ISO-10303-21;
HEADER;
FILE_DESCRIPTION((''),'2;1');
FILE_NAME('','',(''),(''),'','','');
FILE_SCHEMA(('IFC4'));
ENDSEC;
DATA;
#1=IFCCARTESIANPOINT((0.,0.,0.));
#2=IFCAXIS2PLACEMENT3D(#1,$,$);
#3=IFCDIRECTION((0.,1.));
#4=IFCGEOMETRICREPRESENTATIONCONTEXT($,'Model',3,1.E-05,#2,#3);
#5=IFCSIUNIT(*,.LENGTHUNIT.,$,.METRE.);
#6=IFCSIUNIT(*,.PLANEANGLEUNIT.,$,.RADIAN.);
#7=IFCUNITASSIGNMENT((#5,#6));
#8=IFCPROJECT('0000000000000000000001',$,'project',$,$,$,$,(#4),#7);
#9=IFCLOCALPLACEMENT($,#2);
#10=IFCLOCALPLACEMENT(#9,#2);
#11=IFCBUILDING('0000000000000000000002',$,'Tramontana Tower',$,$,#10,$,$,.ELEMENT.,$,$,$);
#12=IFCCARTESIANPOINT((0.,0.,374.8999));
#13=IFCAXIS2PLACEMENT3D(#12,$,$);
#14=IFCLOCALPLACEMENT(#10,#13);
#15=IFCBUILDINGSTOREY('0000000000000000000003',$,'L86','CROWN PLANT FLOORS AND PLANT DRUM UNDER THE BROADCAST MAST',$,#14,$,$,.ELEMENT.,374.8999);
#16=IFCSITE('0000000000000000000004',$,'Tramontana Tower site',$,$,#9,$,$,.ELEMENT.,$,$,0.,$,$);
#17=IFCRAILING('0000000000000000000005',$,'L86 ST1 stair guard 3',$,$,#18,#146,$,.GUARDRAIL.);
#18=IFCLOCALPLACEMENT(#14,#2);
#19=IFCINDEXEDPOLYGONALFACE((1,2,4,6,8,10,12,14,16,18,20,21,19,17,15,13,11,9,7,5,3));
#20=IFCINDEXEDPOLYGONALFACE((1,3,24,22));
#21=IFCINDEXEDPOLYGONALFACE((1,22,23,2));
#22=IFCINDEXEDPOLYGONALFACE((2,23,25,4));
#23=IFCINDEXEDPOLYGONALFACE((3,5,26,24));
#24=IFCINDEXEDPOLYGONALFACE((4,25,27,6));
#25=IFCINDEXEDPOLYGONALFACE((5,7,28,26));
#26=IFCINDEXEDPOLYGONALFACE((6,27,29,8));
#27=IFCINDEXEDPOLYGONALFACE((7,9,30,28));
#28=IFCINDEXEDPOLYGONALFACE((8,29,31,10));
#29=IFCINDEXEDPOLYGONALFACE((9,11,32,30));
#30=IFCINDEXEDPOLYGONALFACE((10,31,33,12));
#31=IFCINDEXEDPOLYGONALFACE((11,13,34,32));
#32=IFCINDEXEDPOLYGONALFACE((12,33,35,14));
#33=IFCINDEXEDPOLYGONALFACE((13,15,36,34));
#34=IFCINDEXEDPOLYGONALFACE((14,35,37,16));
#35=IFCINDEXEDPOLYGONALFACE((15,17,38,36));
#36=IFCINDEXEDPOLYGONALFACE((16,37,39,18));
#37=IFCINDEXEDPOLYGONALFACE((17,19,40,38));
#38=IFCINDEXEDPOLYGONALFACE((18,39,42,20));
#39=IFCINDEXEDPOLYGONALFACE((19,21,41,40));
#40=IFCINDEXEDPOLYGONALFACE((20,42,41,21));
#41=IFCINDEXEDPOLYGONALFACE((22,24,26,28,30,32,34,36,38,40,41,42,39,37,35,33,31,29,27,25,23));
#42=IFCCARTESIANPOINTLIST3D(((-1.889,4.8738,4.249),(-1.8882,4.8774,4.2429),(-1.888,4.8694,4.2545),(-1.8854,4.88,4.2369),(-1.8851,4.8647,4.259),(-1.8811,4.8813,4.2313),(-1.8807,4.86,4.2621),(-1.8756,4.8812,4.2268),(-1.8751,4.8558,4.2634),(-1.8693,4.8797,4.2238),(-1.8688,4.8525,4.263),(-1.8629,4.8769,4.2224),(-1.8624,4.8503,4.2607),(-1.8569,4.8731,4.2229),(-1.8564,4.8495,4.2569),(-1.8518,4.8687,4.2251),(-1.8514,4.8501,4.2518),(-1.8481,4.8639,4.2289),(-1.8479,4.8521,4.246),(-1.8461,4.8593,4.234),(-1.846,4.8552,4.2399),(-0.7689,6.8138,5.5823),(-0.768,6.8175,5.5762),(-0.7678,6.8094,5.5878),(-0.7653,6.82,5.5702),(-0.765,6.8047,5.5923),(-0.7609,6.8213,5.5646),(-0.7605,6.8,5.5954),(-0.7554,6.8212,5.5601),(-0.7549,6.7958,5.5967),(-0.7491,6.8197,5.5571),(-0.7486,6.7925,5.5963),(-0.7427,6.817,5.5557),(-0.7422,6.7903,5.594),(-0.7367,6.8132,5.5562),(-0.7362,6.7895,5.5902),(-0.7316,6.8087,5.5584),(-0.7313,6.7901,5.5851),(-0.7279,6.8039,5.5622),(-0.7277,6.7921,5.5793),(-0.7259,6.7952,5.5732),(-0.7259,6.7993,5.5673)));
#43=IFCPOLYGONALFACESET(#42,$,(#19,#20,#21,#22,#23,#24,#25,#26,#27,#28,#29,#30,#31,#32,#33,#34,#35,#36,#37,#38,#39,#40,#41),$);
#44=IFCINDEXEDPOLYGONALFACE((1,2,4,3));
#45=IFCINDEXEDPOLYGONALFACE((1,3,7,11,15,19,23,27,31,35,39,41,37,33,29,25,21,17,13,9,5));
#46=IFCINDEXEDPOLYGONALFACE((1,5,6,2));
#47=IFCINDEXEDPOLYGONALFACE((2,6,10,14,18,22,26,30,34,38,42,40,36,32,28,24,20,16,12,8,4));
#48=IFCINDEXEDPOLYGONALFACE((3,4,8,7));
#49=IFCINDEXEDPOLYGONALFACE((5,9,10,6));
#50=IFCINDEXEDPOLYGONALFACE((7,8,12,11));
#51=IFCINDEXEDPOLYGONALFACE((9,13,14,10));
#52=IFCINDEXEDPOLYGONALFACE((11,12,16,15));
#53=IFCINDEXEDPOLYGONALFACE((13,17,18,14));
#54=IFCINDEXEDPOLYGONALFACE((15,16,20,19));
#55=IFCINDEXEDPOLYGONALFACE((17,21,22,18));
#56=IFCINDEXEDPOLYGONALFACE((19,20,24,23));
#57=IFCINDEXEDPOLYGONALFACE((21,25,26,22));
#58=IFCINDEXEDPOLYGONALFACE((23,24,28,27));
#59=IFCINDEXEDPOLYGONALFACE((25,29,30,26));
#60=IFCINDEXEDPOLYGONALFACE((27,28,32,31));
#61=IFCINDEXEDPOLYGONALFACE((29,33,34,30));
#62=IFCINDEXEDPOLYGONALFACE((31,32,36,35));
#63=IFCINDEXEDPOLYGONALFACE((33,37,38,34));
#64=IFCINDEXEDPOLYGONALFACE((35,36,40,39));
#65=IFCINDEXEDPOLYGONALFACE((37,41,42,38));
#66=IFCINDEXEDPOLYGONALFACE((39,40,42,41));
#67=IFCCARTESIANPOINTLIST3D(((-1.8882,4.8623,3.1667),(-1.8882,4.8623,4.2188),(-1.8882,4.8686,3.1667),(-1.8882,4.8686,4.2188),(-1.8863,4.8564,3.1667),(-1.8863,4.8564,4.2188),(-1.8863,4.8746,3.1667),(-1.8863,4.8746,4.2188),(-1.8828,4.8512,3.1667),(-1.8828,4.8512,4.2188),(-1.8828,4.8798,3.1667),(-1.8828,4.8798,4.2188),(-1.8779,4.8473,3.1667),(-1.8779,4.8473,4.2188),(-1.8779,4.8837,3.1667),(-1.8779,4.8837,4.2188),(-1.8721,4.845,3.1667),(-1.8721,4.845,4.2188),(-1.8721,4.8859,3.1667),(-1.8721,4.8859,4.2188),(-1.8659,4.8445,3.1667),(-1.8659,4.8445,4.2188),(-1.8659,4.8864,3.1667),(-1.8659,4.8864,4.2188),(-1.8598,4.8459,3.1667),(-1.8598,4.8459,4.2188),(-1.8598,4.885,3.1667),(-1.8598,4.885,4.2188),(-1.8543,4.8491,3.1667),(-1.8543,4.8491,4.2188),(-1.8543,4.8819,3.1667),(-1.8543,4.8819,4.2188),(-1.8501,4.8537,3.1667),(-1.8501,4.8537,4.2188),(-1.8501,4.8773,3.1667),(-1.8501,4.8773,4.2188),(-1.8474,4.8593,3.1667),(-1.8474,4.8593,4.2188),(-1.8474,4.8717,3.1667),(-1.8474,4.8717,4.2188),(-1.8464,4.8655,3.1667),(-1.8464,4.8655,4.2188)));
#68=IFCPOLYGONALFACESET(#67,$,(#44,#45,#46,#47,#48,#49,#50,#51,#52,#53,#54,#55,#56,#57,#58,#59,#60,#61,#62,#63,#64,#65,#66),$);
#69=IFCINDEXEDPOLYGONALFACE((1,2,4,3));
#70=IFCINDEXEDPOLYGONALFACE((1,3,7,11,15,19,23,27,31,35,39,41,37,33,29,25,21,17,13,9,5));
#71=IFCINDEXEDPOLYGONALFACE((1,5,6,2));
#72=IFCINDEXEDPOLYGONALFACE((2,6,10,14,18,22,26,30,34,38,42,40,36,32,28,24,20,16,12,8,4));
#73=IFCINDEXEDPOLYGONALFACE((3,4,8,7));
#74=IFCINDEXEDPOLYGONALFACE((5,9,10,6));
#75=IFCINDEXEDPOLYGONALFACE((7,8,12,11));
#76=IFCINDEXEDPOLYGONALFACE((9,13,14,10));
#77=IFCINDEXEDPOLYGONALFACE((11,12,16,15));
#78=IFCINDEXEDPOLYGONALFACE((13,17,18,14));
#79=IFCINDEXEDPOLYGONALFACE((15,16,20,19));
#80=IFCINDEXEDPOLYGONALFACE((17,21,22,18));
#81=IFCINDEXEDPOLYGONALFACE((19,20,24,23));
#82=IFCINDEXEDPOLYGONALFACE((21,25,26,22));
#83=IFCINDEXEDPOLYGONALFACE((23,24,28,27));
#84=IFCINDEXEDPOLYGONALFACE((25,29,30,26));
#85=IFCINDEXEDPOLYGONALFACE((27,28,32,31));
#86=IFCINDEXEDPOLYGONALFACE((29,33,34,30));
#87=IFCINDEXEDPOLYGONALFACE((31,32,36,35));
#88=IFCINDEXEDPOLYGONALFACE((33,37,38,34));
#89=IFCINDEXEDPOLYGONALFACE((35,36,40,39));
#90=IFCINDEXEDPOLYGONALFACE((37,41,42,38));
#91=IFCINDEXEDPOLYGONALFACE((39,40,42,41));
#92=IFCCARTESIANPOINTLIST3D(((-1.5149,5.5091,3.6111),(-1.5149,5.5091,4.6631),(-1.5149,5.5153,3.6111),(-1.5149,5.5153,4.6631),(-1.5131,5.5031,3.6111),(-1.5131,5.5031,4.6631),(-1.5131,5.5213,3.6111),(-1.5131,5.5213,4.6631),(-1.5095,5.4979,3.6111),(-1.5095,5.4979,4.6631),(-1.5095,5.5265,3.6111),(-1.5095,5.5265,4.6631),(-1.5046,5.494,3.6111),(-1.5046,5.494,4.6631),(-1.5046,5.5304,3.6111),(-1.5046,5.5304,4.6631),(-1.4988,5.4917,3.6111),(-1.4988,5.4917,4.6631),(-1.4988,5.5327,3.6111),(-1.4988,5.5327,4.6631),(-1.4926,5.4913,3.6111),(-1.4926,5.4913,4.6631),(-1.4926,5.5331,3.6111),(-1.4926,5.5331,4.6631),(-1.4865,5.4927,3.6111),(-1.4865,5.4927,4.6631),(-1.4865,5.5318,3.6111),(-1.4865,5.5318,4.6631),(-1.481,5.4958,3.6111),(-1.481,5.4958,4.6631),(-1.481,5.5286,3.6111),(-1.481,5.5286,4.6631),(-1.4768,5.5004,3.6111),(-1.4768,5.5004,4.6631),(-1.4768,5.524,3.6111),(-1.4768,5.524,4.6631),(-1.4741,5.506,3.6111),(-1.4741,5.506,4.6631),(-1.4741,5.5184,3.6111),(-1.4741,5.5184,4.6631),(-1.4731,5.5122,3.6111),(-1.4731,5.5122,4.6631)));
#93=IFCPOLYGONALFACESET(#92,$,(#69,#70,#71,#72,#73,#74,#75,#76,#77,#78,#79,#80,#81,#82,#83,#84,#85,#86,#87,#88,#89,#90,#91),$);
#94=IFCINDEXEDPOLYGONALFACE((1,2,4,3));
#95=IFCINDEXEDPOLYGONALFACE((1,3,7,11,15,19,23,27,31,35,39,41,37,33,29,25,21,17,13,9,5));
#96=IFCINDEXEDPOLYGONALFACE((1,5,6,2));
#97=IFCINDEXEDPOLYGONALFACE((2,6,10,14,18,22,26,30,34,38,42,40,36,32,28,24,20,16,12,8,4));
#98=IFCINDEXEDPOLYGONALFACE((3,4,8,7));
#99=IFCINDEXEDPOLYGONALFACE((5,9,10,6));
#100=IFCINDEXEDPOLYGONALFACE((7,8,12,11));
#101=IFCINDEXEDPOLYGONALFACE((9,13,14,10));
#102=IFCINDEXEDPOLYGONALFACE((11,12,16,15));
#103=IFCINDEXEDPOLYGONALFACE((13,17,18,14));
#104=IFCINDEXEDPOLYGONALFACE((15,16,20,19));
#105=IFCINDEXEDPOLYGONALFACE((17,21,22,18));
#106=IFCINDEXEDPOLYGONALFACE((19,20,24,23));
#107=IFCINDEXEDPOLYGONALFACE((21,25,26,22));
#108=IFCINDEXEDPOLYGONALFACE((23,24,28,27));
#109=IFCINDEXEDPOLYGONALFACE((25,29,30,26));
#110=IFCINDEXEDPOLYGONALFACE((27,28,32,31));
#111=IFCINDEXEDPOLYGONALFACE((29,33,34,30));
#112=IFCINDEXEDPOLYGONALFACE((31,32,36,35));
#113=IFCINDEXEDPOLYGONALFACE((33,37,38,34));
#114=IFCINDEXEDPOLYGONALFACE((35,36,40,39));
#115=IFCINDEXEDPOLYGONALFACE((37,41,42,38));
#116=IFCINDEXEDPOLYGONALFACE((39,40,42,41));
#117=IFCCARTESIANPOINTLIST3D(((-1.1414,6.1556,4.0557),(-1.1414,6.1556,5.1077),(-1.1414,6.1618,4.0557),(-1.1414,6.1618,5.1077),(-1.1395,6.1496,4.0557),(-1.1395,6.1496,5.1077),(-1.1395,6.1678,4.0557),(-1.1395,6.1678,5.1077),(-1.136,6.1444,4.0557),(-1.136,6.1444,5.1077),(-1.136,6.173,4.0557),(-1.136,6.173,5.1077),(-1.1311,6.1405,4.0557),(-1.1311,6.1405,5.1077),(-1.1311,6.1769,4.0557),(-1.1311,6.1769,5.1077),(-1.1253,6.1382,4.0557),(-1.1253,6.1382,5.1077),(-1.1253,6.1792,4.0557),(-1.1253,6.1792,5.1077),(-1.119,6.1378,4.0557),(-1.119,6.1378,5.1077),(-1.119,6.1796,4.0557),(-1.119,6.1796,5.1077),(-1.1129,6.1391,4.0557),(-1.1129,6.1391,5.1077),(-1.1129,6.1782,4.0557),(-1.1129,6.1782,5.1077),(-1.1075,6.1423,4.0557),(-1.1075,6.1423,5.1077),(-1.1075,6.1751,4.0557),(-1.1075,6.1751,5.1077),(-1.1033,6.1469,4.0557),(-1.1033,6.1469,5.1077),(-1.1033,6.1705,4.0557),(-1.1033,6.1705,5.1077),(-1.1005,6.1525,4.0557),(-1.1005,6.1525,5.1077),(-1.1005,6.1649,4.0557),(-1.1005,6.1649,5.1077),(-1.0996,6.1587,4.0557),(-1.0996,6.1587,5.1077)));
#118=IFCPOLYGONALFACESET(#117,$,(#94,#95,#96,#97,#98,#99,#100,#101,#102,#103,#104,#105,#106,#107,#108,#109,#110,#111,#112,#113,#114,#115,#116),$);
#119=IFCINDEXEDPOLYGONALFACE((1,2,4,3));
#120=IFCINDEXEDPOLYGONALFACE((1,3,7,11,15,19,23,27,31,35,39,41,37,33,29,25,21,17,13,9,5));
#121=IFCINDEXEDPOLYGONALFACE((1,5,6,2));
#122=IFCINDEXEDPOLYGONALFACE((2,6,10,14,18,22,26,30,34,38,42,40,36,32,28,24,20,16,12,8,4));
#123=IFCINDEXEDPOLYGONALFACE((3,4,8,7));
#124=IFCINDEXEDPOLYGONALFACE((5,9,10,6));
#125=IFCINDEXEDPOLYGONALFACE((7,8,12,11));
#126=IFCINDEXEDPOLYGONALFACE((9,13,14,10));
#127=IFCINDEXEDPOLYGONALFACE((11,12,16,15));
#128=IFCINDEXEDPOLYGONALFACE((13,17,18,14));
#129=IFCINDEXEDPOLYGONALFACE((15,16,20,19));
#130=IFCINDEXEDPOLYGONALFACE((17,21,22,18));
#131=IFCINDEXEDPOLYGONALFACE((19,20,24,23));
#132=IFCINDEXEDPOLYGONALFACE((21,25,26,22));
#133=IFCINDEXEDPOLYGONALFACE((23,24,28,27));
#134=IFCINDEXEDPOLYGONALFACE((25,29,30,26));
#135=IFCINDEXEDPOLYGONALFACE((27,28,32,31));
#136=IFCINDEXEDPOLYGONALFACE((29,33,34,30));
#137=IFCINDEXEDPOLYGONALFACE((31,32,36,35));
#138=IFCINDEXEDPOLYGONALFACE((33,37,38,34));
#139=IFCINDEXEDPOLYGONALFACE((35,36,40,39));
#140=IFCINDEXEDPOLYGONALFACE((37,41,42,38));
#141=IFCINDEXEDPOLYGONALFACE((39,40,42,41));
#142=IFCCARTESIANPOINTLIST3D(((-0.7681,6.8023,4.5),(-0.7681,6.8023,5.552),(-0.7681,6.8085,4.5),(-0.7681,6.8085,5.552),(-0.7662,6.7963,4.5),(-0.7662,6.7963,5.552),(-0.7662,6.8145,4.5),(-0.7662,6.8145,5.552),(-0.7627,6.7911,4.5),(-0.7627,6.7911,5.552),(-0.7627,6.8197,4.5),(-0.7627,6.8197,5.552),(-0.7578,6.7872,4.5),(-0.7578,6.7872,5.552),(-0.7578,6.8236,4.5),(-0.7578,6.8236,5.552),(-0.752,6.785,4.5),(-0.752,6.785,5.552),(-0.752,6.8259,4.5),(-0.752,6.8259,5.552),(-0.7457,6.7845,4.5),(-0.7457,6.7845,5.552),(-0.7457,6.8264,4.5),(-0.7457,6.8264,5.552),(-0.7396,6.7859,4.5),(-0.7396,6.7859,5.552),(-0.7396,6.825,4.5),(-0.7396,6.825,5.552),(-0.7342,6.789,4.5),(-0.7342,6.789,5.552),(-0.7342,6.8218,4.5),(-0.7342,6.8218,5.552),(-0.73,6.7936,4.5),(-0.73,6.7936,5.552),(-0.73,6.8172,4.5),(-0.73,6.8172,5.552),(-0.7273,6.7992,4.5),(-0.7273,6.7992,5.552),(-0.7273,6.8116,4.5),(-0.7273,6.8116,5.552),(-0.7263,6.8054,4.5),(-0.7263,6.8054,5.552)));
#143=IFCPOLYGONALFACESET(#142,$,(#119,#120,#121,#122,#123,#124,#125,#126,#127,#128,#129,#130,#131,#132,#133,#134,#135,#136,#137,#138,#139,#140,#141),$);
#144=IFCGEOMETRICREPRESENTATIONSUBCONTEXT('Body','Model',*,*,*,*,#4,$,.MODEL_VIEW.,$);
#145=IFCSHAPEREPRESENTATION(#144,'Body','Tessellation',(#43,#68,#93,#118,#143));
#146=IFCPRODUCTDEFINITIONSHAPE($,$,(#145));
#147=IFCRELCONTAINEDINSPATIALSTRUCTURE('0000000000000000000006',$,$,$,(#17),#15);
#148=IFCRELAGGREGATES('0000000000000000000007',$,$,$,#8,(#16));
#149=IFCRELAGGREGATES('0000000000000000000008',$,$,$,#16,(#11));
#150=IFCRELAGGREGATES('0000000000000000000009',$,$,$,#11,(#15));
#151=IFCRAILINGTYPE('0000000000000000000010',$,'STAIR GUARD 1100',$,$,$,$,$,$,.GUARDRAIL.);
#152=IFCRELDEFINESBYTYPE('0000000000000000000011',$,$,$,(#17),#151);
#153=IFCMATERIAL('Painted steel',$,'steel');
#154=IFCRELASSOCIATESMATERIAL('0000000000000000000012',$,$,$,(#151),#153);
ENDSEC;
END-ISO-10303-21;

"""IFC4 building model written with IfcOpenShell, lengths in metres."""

from ifc_helpers import new_model, si_unit, direction, frame, origin, origin_2d, place, context, subcontext, project, spatial, circle, extrude, material, type_object, element, save


model = new_model("IFC4")

# Units and contexts
model_context = context("Model", 3, precision=1e-05, world=origin(), true_north=direction((0.0, 1.0)))
body_context = subcontext(model_context, "Body", "Model", "MODEL_VIEW")
ifc_project = project(units=[si_unit("LENGTHUNIT", "METRE"), si_unit("PLANEANGLEUNIT", "RADIAN")], contexts=[model_context])

# Site, building, storey
site_placement = place(None, origin())
site = spatial("IfcSite", under=ifc_project, at=site_placement, Name="Tramontana Tower site", CompositionType="ELEMENT", RefElevation=0.0)
building_placement = place(site_placement, origin())
building = spatial("IfcBuilding", under=site, at=building_placement, Name="Tramontana Tower", CompositionType="ELEMENT")
storey_placement = place(building_placement, frame((0.0, 0.0, 374.8999)))
storey = spatial("IfcBuildingStorey", under=building, at=storey_placement, Name="L86", Description="CROWN PLANT FLOORS AND PLANT DRUM UNDER THE BROADCAST MAST", CompositionType="ELEMENT", Elevation=374.8999)

# Railing
ifc_material_1 = material(Name="Painted steel", Category="steel")
railing_type_1 = type_object("IfcRailingType", Name="STAIR GUARD 1100", PredefinedType="GUARDRAIL", material=ifc_material_1)
railing_1_placement = place(storey_placement, frame((-1.8674, 4.8655, 3.1667)))
element("IfcRailing", 1, at=railing_1_placement, inside=storey, type_object=railing_type_1, Name="L86 ST1 stair guard 3", PredefinedType="GUARDRAIL", context=body_context, shape_type="SweptSolid", body=[
    extrude(circle(Radius=0.0239, at=origin_2d()), frame((0.0, 0.0, 1.0762), z_axis=(0.429684, 0.744175, 0.511444), x_axis=(-0.866008, 0.500031, 0.0)), (0.0, 0.0, 1.0), 2.6069),
    extrude(circle(Radius=0.021, at=origin_2d()), origin(), (0.0, 0.0, 1.0), 1.052),
    extrude(circle(Radius=0.021, at=origin_2d()), frame((0.3733, 0.6467, 0.4443)), (0.0, 0.0, 1.0), 1.052),
    extrude(circle(Radius=0.021, at=origin_2d()), frame((0.7468, 1.2932, 0.8889)), (0.0, 0.0, 1.0), 1.052),
    extrude(circle(Radius=0.021, at=origin_2d()), frame((1.1201, 1.9399, 1.3333)), (0.0, 0.0, 1.0), 1.052),
])

save(model, "model.ifc")
